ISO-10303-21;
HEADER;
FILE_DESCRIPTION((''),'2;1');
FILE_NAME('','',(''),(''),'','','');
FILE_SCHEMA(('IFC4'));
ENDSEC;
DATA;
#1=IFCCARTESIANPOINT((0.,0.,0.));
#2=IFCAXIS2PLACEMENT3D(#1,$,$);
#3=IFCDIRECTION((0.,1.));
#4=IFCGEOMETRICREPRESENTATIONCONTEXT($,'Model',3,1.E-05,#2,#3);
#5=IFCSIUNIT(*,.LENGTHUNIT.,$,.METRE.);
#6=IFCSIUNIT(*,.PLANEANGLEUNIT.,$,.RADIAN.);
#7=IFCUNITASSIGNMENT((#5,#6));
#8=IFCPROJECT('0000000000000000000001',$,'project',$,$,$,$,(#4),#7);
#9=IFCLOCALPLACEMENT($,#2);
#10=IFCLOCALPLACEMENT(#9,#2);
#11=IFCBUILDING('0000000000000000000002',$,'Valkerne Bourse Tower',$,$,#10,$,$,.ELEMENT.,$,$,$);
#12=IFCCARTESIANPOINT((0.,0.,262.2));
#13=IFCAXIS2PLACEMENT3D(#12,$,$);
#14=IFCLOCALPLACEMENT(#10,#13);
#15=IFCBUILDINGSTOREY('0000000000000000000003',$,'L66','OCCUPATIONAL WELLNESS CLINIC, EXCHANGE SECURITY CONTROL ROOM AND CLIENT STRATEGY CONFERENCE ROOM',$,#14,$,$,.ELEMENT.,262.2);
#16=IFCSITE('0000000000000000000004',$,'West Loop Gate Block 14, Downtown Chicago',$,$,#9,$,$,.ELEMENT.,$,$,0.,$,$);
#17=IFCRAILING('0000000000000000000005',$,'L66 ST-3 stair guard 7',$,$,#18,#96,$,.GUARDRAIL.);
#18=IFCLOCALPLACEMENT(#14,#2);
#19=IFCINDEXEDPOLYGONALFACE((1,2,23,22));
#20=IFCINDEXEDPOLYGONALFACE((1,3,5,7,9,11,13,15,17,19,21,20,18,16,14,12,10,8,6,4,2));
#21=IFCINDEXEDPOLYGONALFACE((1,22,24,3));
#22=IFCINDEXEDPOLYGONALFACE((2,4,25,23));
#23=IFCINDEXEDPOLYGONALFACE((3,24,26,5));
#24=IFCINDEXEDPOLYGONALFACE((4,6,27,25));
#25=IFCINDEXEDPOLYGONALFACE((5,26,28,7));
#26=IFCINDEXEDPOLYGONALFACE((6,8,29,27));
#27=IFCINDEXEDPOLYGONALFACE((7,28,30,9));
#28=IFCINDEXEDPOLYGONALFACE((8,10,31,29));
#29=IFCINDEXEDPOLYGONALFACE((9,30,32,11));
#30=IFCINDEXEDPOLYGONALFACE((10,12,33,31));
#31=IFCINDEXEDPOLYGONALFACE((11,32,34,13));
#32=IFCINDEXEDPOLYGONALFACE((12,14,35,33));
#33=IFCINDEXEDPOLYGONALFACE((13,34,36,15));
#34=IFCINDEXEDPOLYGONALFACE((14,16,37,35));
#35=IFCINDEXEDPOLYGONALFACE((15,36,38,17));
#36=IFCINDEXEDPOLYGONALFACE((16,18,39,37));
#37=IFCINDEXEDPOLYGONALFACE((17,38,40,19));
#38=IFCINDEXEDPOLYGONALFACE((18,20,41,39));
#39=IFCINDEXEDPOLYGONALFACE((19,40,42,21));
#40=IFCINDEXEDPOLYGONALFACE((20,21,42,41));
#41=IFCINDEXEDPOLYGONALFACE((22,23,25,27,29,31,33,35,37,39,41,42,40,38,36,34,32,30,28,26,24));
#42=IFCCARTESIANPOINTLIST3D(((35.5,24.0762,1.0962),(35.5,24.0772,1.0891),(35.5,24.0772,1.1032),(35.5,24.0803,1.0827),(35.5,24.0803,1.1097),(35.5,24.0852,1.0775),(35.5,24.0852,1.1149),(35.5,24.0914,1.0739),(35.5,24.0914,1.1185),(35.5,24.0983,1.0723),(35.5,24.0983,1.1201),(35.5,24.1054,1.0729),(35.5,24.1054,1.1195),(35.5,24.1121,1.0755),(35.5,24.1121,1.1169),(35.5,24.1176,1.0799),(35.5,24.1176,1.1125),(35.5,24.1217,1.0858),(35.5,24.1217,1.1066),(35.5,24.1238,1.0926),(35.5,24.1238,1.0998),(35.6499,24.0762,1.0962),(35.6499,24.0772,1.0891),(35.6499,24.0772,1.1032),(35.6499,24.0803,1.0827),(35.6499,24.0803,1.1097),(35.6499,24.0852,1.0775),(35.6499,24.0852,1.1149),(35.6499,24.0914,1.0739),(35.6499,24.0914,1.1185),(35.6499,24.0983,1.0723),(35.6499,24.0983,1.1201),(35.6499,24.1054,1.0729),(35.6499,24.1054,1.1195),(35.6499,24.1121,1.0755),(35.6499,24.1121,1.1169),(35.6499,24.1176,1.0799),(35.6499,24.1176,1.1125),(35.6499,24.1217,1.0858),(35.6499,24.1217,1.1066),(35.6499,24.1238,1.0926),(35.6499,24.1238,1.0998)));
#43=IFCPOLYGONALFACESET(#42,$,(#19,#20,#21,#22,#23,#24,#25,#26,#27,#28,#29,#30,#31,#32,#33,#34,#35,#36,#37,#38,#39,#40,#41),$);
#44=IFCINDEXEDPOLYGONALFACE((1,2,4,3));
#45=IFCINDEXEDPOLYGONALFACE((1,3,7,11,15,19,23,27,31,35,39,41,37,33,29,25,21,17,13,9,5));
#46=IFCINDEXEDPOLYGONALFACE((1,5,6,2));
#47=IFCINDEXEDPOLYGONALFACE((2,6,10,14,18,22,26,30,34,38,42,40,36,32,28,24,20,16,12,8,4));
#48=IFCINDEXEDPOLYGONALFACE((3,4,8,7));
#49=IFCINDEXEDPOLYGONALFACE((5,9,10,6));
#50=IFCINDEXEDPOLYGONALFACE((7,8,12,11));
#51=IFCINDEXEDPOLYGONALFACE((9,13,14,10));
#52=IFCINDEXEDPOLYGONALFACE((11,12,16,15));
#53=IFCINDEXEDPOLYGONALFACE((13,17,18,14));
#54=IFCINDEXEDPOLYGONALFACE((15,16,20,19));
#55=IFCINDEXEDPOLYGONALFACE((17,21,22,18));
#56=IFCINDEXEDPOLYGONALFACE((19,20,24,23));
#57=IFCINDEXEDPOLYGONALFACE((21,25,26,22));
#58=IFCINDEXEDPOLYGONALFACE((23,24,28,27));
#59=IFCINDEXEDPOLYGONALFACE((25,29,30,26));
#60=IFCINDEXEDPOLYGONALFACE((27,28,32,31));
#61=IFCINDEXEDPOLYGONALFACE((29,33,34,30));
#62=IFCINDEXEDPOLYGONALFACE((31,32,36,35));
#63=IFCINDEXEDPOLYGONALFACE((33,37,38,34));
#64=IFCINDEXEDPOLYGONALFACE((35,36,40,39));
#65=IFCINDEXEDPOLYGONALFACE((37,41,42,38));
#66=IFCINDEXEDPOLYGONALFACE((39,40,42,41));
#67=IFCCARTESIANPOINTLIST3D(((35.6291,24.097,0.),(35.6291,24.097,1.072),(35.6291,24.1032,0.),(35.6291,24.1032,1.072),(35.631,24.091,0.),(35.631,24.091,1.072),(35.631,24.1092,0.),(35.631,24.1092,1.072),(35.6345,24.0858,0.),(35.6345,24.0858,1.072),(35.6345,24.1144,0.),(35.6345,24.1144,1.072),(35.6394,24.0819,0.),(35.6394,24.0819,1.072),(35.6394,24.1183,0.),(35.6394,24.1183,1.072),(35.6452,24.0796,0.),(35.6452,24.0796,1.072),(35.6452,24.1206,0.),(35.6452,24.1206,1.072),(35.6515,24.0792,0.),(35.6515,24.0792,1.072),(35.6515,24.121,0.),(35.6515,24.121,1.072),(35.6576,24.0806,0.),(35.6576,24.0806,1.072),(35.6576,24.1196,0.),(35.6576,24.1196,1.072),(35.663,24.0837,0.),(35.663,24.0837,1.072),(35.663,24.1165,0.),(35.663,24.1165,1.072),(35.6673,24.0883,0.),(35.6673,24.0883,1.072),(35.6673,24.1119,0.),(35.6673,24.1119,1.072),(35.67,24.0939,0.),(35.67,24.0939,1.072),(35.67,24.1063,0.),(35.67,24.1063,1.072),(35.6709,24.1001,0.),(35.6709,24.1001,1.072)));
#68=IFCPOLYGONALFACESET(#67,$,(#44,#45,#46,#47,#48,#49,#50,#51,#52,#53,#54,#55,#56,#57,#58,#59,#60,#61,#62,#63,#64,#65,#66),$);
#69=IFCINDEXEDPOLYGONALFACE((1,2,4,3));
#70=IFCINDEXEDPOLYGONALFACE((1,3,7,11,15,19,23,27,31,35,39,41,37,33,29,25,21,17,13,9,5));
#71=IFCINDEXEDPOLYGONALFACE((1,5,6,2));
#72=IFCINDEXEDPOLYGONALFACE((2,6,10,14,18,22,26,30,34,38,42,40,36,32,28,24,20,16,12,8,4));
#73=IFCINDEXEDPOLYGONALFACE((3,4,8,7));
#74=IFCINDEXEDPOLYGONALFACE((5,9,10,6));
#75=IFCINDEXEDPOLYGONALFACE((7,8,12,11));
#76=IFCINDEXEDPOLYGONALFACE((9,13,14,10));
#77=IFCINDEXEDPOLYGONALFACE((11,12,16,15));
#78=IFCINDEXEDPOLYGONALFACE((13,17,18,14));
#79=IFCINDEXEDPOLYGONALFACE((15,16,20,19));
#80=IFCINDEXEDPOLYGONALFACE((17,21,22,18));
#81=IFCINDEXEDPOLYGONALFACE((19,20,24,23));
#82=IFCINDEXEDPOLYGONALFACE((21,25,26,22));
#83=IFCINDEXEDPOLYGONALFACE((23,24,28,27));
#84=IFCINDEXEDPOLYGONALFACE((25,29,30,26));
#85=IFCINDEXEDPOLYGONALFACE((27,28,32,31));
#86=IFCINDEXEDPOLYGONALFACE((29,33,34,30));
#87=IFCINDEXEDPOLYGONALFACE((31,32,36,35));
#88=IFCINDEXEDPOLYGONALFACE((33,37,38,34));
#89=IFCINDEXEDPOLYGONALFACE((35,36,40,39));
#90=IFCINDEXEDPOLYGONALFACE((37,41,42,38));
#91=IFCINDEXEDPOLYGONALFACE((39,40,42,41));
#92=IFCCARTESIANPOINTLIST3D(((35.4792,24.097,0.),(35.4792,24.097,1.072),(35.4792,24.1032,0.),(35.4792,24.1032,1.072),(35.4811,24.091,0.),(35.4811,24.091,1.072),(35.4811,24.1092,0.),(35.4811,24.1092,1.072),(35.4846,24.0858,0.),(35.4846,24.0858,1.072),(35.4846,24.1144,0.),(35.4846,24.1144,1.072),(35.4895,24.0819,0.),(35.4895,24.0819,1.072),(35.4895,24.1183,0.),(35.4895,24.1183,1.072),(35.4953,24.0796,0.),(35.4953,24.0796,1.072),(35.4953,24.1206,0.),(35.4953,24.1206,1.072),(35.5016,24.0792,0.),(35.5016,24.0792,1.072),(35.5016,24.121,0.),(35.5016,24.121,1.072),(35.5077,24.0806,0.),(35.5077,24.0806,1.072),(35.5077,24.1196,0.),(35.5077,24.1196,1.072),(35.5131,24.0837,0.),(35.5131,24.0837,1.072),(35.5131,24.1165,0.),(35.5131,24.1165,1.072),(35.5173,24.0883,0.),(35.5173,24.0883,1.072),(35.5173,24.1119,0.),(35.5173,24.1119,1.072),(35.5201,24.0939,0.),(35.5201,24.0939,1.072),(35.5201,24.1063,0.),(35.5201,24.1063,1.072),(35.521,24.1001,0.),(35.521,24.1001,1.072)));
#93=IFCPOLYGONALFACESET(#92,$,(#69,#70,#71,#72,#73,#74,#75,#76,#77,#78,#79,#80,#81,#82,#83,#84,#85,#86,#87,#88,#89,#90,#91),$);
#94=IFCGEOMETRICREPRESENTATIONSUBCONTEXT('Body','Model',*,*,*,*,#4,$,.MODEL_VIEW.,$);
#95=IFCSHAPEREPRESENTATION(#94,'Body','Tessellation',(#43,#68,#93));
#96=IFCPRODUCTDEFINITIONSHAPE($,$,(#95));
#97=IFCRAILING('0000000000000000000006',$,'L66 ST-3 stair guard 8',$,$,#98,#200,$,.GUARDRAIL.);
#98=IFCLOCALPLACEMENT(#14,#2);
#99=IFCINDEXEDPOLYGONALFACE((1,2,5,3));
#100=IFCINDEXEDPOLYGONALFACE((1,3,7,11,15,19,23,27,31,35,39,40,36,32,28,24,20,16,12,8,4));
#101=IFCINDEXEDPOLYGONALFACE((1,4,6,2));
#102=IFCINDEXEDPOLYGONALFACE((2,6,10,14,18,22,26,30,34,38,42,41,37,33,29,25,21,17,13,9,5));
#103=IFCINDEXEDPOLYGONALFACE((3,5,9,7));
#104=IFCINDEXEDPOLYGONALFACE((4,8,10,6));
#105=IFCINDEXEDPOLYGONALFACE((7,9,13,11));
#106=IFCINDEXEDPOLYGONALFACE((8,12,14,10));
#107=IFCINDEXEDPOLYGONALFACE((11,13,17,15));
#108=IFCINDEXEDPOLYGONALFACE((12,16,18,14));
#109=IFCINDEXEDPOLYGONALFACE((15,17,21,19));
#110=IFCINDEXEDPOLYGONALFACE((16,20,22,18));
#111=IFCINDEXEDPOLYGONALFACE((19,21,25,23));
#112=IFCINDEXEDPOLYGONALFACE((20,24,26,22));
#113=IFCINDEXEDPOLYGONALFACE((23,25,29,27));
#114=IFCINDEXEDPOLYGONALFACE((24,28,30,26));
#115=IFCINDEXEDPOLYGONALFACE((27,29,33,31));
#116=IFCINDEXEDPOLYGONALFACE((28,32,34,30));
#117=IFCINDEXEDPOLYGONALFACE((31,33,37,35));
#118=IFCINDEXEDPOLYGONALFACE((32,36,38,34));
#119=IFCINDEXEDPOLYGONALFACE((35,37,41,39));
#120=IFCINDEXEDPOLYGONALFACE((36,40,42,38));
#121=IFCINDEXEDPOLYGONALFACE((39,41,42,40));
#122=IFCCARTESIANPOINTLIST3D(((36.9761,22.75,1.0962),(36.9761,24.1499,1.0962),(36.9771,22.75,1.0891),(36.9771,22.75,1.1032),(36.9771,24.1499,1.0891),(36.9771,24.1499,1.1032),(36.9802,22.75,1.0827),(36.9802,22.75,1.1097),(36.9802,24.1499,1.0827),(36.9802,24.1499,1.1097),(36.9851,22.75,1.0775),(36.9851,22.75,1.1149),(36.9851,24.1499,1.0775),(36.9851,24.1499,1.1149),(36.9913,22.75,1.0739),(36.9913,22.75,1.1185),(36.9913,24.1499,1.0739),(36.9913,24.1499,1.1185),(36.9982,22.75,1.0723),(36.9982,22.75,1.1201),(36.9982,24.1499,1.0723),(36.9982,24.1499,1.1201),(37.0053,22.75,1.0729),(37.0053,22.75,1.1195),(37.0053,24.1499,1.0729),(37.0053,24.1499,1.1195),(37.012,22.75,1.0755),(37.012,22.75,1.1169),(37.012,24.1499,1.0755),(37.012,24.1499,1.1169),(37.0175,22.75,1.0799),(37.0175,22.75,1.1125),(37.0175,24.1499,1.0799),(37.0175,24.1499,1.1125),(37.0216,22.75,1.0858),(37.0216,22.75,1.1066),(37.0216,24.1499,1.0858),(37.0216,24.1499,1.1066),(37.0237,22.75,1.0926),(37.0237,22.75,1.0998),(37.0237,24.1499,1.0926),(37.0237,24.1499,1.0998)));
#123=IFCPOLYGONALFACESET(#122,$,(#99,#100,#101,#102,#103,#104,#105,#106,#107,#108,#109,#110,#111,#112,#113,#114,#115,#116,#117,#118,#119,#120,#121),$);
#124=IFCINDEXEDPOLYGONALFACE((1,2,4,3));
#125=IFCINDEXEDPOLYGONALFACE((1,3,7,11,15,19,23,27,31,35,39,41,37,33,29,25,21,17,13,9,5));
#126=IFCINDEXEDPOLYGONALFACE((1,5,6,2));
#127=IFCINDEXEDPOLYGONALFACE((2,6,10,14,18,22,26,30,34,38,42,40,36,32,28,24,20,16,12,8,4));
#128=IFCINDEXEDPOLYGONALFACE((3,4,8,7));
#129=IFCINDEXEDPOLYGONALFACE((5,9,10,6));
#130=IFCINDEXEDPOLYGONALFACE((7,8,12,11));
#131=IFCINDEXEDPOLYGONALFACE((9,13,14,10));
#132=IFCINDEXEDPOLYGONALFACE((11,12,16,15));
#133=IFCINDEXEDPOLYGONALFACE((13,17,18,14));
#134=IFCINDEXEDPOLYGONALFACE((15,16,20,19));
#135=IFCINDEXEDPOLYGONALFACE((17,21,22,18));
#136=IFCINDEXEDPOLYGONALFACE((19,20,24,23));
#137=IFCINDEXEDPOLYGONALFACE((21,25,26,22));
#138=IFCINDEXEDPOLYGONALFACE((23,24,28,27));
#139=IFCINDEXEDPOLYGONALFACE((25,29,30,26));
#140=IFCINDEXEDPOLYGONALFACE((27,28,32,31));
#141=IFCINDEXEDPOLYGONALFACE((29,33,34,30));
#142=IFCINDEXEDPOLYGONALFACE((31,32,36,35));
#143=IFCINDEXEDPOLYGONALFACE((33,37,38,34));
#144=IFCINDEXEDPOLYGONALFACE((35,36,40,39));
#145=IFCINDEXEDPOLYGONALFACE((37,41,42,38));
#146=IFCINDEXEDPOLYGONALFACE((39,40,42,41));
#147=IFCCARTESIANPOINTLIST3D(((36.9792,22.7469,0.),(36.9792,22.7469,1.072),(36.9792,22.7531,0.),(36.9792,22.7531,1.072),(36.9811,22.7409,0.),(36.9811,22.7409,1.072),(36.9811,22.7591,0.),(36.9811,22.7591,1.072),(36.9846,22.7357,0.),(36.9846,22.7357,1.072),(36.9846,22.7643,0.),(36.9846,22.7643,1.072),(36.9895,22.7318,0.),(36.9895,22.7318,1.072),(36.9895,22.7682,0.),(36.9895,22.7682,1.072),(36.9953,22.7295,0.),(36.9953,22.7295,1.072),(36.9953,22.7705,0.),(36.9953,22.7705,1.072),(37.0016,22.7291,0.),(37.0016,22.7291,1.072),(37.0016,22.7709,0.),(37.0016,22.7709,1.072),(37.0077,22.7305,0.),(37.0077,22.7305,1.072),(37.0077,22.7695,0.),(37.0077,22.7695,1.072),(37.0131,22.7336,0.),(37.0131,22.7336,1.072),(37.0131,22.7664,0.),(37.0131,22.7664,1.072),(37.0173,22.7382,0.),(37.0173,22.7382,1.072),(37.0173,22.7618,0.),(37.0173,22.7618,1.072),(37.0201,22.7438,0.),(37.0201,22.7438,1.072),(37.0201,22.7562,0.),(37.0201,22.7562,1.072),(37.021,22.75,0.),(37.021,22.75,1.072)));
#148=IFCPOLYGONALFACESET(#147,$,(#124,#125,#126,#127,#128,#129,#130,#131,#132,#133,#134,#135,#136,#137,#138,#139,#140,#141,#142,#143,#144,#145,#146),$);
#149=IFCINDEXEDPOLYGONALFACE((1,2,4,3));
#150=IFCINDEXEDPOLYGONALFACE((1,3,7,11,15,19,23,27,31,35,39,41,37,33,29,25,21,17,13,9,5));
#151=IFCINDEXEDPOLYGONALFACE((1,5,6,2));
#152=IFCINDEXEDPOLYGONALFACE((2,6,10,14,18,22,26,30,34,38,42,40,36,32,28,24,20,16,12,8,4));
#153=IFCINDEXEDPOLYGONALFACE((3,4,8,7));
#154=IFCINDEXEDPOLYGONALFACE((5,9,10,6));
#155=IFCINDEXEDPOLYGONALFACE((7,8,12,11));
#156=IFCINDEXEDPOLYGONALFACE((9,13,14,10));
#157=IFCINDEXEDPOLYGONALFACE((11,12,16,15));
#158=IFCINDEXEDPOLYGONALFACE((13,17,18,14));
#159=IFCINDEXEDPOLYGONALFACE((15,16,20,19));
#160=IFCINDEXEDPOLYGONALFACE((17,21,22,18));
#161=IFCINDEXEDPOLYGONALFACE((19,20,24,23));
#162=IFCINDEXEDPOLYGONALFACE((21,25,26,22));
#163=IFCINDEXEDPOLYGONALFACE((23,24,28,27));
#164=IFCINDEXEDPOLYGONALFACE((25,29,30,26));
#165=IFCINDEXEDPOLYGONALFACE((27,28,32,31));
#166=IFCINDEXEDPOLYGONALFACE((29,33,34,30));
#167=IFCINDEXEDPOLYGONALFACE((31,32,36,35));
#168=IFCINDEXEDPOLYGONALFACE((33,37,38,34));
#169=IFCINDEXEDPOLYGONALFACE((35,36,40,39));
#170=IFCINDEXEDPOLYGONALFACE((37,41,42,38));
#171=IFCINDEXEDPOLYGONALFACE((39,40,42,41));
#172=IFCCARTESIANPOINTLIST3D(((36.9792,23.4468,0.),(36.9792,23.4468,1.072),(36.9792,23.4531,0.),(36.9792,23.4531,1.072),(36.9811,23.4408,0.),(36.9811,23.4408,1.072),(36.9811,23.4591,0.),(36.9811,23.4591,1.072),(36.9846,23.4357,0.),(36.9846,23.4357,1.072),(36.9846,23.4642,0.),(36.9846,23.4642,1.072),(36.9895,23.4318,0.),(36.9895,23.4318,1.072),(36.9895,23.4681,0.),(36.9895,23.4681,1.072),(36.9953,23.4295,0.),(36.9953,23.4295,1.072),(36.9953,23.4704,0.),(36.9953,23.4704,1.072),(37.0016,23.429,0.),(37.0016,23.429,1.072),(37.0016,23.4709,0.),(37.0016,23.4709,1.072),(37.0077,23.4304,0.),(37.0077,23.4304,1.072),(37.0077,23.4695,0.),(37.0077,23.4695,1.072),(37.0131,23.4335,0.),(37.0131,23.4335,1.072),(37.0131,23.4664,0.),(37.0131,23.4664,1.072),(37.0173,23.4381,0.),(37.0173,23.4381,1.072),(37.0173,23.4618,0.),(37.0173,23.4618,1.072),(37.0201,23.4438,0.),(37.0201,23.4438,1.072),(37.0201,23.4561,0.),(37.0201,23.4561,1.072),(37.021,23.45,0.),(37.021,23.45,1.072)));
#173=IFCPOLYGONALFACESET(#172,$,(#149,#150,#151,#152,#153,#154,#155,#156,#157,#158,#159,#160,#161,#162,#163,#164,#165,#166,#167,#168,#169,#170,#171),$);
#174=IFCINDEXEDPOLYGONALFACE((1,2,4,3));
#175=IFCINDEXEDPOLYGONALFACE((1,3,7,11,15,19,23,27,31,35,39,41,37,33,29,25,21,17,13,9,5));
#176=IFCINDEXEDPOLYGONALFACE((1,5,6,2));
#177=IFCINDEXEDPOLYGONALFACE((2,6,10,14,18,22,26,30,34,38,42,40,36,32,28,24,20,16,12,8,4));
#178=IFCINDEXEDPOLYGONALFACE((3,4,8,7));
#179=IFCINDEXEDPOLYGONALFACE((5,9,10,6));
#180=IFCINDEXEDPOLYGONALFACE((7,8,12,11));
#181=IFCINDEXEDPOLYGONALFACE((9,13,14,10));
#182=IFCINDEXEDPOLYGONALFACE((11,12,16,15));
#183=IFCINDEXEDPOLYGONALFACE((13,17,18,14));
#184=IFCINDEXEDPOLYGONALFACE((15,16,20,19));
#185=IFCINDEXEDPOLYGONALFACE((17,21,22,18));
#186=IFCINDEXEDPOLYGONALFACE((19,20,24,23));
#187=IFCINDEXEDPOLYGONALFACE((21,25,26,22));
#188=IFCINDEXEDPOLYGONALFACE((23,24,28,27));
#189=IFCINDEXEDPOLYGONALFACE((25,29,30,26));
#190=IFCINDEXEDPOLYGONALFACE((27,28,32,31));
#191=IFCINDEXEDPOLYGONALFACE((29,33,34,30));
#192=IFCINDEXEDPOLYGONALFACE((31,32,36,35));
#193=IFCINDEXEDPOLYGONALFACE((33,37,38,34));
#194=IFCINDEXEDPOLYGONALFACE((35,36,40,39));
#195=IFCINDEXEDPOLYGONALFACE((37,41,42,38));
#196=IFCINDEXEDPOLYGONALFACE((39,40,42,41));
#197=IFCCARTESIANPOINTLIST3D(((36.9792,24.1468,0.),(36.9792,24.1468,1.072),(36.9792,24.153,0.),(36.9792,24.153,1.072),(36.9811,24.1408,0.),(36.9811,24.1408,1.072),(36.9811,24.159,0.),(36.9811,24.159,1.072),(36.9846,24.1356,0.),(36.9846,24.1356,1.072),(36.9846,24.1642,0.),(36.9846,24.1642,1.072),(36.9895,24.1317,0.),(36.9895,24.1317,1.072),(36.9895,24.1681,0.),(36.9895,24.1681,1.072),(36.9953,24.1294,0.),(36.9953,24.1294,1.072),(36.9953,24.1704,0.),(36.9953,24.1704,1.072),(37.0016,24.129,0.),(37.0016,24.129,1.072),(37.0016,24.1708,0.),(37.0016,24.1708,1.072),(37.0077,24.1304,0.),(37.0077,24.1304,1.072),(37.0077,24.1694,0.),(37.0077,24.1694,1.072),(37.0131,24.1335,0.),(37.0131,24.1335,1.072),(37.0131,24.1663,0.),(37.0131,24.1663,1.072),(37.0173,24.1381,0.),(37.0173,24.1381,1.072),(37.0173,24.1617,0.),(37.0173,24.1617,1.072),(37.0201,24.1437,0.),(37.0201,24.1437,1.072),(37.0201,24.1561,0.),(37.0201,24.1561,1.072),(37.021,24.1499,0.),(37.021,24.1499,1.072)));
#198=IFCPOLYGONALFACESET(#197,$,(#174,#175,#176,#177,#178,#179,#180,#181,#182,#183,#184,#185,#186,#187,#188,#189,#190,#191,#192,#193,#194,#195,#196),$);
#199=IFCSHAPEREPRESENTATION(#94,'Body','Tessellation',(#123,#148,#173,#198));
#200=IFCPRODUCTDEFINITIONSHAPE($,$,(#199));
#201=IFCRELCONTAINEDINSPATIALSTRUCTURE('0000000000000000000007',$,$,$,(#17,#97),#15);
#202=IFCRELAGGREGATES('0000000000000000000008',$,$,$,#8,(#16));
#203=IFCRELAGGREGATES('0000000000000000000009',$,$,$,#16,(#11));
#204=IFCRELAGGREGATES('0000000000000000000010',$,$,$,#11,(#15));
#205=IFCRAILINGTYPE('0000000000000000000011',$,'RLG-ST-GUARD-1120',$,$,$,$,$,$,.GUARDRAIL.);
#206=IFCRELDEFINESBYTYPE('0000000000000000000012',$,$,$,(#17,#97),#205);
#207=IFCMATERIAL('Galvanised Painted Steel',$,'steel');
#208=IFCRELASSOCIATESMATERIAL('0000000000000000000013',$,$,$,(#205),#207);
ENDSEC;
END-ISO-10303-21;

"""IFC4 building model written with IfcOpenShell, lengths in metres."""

from ifc_helpers import new_model, si_unit, direction, frame, origin, origin_2d, place, context, subcontext, project, spatial, circle, extrude, material, type_object, element, save


model = new_model("IFC4")

# Units and contexts
model_context = context("Model", 3, precision=1e-05, world=origin(), true_north=direction((0.0, 1.0)))
body_context = subcontext(model_context, "Body", "Model", "MODEL_VIEW")
ifc_project = project(units=[si_unit("LENGTHUNIT", "METRE"), si_unit("PLANEANGLEUNIT", "RADIAN")], contexts=[model_context])

# Site, building, storey
site_placement = place(None, origin())
site = spatial("IfcSite", under=ifc_project, at=site_placement, Name="West Loop Gate Block 14, Downtown Chicago", CompositionType="ELEMENT", RefElevation=0.0)
building_placement = place(site_placement, origin())
building = spatial("IfcBuilding", under=site, at=building_placement, Name="Valkerne Bourse Tower", CompositionType="ELEMENT")
storey_placement = place(building_placement, frame((0.0, 0.0, 262.2)))
storey = spatial("IfcBuildingStorey", under=building, at=storey_placement, Name="L66", Description="OCCUPATIONAL WELLNESS CLINIC, EXCHANGE SECURITY CONTROL ROOM AND CLIENT STRATEGY CONFERENCE ROOM", CompositionType="ELEMENT", Elevation=262.2)

# Railings
ifc_material_1 = material(Name="Galvanised Painted Steel", Category="steel")
railing_type_1 = type_object("IfcRailingType", Name="RLG-ST-GUARD-1120", PredefinedType="GUARDRAIL", material=ifc_material_1)
railing_1_placement = place(storey_placement, frame((35.6499, 24.1001, 0.0)))
element("IfcRailing", 1, at=railing_1_placement, inside=storey, type_object=railing_type_1, Name="L66 ST-3 stair guard 7", PredefinedType="GUARDRAIL", context=body_context, shape_type="SweptSolid", body=[
    extrude(circle(Radius=0.0239, at=origin_2d()), frame((0.0, 0.0, 1.0962), z_axis=(-1.0, 0.0, 0.0), x_axis=(0.0, -1.0, 0.0)), (0.0, 0.0, 1.0), 0.1499),
    extrude(circle(Radius=0.021, at=origin_2d()), origin(), (0.0, 0.0, 1.0), 1.072),
    extrude(circle(Radius=0.021, at=origin_2d()), frame((-0.1499, 0.0, 0.0)), (0.0, 0.0, 1.0), 1.072),
])
railing_2_placement = place(storey_placement, frame((37.0, 22.75, 0.0)))
element("IfcRailing", 2, at=railing_2_placement, inside=storey, type_object=railing_type_1, Name="L66 ST-3 stair guard 8", PredefinedType="GUARDRAIL", context=body_context, shape_type="SweptSolid", body=[
    extrude(circle(Radius=0.0239, at=origin_2d()), frame((0.0, 0.0, 1.0962), z_axis=(0.0, 1.0, 0.0), x_axis=(-1.0, 0.0, 0.0)), (0.0, 0.0, 1.0), 1.3999),
    extrude(circle(Radius=0.021, at=origin_2d()), origin(), (0.0, 0.0, 1.0), 1.072),
    extrude(circle(Radius=0.021, at=origin_2d()), frame((0.0, 0.7, 0.0)), (0.0, 0.0, 1.0), 1.072),
    extrude(circle(Radius=0.021, at=origin_2d()), frame((0.0, 1.3999, 0.0)), (0.0, 0.0, 1.0), 1.072),
])

save(model, "model.ifc")
